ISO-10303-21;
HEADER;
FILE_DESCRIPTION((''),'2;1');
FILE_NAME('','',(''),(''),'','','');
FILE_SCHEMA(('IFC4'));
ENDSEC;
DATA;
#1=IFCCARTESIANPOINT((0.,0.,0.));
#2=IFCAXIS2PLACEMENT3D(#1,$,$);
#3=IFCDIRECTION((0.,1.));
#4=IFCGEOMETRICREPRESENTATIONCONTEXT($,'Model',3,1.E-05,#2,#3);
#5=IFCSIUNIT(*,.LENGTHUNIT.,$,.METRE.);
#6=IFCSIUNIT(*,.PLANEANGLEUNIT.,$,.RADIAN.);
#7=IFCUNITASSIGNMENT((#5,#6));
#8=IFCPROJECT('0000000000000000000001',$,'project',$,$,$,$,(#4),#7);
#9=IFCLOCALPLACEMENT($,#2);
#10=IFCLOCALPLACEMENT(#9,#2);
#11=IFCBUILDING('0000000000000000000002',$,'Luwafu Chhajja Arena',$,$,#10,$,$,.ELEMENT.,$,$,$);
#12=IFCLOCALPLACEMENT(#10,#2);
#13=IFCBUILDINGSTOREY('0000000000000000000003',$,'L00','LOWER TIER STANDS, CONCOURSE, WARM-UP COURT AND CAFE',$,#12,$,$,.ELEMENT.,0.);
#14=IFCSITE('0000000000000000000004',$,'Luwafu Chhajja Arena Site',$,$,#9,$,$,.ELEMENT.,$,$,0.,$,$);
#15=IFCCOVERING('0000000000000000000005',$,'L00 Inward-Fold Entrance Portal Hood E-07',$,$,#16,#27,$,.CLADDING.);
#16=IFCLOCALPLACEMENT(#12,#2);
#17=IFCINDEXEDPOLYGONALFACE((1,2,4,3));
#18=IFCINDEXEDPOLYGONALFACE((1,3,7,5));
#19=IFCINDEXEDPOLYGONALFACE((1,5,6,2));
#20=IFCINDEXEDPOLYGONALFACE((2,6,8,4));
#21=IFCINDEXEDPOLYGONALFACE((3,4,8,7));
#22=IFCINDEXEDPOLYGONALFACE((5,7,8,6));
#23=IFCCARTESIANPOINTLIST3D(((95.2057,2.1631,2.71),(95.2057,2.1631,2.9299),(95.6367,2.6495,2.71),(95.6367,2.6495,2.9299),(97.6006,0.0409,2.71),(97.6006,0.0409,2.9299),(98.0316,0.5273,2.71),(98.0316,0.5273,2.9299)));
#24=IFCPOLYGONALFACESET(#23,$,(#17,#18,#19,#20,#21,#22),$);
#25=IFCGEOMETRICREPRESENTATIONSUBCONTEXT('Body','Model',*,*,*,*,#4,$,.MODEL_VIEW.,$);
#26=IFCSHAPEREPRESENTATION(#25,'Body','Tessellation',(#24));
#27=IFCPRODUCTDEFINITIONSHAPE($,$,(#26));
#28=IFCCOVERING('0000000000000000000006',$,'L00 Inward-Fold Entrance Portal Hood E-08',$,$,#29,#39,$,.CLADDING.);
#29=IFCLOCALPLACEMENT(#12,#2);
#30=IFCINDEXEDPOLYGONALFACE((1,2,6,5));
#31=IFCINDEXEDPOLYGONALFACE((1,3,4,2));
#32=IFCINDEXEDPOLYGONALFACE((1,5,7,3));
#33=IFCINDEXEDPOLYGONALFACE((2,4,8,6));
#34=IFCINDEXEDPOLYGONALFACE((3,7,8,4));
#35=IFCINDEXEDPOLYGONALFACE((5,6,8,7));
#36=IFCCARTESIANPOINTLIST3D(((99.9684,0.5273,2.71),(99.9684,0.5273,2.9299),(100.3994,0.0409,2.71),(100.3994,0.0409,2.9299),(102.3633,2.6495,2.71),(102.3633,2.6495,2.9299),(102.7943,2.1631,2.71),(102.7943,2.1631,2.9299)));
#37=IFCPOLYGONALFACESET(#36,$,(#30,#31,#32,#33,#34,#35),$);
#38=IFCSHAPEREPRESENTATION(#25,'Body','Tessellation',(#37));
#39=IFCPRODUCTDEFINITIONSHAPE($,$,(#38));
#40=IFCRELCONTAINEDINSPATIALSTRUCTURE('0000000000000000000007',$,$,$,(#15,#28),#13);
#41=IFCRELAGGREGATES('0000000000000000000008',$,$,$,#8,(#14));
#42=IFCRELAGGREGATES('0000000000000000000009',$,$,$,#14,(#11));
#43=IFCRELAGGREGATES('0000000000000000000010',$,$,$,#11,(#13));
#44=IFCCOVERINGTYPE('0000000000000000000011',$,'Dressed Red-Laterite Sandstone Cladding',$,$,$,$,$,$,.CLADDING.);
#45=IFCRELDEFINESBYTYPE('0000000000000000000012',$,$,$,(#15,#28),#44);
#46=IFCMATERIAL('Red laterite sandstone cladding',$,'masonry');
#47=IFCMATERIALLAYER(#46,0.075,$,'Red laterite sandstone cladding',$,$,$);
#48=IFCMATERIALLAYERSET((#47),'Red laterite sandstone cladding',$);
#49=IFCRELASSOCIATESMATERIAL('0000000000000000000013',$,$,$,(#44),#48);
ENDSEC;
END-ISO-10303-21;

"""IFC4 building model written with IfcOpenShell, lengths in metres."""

from ifc_helpers import new_model, si_unit, direction, frame, origin, origin_2d, place, context, subcontext, project, spatial, rectangle, extrude, material, layer, layer_set, type_object, element, save


model = new_model("IFC4")

# Units and contexts
model_context = context("Model", 3, precision=1e-05, world=origin(), true_north=direction((0.0, 1.0)))
body_context = subcontext(model_context, "Body", "Model", "MODEL_VIEW")
ifc_project = project(units=[si_unit("LENGTHUNIT", "METRE"), si_unit("PLANEANGLEUNIT", "RADIAN")], contexts=[model_context])

# Site, building, storey
site_placement = place(None, origin())
site = spatial("IfcSite", under=ifc_project, at=site_placement, Name="Luwafu Chhajja Arena Site", CompositionType="ELEMENT", RefElevation=0.0)
building_placement = place(site_placement, origin())
building = spatial("IfcBuilding", under=site, at=building_placement, Name="Luwafu Chhajja Arena", CompositionType="ELEMENT")
storey_placement = place(building_placement, origin())
storey = spatial("IfcBuildingStorey", under=building, at=storey_placement, Name="L00", Description="LOWER TIER STANDS, CONCOURSE, WARM-UP COURT AND CAFE", CompositionType="ELEMENT", Elevation=0.0)

# Coverings
ifc_material_1 = material(Name="Red laterite sandstone cladding", Category="masonry")
ifc_layer_1 = layer(ifc_material_1, 0.075, Name="Red laterite sandstone cladding")
ifc_layer_set_1 = layer_set([ifc_layer_1], Name="Red laterite sandstone cladding")
covering_type = type_object("IfcCoveringType", Name="Dressed Red-Laterite Sandstone Cladding", PredefinedType="CLADDING", material=ifc_layer_set_1)
for number, where, z_axis, x_axis, name in (
    (1, (96.6187, 1.3452, 2.71), (0.0, 0.0, 1.0), (0.748442, -0.6632, 0.0), "L00 Inward-Fold Entrance Portal Hood E-07"),
    (2, (101.3813, 1.3452, 2.71), (0.0, 0.0, 1.0), (0.748442, 0.6632, 0.0), "L00 Inward-Fold Entrance Portal Hood E-08"),
):
    element("IfcCovering", number, at=place(storey_placement, frame(where, z_axis=z_axis, x_axis=x_axis)), inside=storey, type_object=covering_type, Name=name, PredefinedType="CLADDING", context=body_context, shape_type="SweptSolid", body=[
        extrude(rectangle(XDim=3.2, YDim=0.6499, at=origin_2d()), origin(), (0.0, 0.0, 1.0), 0.22),
    ])

save(model, "model.ifc")
